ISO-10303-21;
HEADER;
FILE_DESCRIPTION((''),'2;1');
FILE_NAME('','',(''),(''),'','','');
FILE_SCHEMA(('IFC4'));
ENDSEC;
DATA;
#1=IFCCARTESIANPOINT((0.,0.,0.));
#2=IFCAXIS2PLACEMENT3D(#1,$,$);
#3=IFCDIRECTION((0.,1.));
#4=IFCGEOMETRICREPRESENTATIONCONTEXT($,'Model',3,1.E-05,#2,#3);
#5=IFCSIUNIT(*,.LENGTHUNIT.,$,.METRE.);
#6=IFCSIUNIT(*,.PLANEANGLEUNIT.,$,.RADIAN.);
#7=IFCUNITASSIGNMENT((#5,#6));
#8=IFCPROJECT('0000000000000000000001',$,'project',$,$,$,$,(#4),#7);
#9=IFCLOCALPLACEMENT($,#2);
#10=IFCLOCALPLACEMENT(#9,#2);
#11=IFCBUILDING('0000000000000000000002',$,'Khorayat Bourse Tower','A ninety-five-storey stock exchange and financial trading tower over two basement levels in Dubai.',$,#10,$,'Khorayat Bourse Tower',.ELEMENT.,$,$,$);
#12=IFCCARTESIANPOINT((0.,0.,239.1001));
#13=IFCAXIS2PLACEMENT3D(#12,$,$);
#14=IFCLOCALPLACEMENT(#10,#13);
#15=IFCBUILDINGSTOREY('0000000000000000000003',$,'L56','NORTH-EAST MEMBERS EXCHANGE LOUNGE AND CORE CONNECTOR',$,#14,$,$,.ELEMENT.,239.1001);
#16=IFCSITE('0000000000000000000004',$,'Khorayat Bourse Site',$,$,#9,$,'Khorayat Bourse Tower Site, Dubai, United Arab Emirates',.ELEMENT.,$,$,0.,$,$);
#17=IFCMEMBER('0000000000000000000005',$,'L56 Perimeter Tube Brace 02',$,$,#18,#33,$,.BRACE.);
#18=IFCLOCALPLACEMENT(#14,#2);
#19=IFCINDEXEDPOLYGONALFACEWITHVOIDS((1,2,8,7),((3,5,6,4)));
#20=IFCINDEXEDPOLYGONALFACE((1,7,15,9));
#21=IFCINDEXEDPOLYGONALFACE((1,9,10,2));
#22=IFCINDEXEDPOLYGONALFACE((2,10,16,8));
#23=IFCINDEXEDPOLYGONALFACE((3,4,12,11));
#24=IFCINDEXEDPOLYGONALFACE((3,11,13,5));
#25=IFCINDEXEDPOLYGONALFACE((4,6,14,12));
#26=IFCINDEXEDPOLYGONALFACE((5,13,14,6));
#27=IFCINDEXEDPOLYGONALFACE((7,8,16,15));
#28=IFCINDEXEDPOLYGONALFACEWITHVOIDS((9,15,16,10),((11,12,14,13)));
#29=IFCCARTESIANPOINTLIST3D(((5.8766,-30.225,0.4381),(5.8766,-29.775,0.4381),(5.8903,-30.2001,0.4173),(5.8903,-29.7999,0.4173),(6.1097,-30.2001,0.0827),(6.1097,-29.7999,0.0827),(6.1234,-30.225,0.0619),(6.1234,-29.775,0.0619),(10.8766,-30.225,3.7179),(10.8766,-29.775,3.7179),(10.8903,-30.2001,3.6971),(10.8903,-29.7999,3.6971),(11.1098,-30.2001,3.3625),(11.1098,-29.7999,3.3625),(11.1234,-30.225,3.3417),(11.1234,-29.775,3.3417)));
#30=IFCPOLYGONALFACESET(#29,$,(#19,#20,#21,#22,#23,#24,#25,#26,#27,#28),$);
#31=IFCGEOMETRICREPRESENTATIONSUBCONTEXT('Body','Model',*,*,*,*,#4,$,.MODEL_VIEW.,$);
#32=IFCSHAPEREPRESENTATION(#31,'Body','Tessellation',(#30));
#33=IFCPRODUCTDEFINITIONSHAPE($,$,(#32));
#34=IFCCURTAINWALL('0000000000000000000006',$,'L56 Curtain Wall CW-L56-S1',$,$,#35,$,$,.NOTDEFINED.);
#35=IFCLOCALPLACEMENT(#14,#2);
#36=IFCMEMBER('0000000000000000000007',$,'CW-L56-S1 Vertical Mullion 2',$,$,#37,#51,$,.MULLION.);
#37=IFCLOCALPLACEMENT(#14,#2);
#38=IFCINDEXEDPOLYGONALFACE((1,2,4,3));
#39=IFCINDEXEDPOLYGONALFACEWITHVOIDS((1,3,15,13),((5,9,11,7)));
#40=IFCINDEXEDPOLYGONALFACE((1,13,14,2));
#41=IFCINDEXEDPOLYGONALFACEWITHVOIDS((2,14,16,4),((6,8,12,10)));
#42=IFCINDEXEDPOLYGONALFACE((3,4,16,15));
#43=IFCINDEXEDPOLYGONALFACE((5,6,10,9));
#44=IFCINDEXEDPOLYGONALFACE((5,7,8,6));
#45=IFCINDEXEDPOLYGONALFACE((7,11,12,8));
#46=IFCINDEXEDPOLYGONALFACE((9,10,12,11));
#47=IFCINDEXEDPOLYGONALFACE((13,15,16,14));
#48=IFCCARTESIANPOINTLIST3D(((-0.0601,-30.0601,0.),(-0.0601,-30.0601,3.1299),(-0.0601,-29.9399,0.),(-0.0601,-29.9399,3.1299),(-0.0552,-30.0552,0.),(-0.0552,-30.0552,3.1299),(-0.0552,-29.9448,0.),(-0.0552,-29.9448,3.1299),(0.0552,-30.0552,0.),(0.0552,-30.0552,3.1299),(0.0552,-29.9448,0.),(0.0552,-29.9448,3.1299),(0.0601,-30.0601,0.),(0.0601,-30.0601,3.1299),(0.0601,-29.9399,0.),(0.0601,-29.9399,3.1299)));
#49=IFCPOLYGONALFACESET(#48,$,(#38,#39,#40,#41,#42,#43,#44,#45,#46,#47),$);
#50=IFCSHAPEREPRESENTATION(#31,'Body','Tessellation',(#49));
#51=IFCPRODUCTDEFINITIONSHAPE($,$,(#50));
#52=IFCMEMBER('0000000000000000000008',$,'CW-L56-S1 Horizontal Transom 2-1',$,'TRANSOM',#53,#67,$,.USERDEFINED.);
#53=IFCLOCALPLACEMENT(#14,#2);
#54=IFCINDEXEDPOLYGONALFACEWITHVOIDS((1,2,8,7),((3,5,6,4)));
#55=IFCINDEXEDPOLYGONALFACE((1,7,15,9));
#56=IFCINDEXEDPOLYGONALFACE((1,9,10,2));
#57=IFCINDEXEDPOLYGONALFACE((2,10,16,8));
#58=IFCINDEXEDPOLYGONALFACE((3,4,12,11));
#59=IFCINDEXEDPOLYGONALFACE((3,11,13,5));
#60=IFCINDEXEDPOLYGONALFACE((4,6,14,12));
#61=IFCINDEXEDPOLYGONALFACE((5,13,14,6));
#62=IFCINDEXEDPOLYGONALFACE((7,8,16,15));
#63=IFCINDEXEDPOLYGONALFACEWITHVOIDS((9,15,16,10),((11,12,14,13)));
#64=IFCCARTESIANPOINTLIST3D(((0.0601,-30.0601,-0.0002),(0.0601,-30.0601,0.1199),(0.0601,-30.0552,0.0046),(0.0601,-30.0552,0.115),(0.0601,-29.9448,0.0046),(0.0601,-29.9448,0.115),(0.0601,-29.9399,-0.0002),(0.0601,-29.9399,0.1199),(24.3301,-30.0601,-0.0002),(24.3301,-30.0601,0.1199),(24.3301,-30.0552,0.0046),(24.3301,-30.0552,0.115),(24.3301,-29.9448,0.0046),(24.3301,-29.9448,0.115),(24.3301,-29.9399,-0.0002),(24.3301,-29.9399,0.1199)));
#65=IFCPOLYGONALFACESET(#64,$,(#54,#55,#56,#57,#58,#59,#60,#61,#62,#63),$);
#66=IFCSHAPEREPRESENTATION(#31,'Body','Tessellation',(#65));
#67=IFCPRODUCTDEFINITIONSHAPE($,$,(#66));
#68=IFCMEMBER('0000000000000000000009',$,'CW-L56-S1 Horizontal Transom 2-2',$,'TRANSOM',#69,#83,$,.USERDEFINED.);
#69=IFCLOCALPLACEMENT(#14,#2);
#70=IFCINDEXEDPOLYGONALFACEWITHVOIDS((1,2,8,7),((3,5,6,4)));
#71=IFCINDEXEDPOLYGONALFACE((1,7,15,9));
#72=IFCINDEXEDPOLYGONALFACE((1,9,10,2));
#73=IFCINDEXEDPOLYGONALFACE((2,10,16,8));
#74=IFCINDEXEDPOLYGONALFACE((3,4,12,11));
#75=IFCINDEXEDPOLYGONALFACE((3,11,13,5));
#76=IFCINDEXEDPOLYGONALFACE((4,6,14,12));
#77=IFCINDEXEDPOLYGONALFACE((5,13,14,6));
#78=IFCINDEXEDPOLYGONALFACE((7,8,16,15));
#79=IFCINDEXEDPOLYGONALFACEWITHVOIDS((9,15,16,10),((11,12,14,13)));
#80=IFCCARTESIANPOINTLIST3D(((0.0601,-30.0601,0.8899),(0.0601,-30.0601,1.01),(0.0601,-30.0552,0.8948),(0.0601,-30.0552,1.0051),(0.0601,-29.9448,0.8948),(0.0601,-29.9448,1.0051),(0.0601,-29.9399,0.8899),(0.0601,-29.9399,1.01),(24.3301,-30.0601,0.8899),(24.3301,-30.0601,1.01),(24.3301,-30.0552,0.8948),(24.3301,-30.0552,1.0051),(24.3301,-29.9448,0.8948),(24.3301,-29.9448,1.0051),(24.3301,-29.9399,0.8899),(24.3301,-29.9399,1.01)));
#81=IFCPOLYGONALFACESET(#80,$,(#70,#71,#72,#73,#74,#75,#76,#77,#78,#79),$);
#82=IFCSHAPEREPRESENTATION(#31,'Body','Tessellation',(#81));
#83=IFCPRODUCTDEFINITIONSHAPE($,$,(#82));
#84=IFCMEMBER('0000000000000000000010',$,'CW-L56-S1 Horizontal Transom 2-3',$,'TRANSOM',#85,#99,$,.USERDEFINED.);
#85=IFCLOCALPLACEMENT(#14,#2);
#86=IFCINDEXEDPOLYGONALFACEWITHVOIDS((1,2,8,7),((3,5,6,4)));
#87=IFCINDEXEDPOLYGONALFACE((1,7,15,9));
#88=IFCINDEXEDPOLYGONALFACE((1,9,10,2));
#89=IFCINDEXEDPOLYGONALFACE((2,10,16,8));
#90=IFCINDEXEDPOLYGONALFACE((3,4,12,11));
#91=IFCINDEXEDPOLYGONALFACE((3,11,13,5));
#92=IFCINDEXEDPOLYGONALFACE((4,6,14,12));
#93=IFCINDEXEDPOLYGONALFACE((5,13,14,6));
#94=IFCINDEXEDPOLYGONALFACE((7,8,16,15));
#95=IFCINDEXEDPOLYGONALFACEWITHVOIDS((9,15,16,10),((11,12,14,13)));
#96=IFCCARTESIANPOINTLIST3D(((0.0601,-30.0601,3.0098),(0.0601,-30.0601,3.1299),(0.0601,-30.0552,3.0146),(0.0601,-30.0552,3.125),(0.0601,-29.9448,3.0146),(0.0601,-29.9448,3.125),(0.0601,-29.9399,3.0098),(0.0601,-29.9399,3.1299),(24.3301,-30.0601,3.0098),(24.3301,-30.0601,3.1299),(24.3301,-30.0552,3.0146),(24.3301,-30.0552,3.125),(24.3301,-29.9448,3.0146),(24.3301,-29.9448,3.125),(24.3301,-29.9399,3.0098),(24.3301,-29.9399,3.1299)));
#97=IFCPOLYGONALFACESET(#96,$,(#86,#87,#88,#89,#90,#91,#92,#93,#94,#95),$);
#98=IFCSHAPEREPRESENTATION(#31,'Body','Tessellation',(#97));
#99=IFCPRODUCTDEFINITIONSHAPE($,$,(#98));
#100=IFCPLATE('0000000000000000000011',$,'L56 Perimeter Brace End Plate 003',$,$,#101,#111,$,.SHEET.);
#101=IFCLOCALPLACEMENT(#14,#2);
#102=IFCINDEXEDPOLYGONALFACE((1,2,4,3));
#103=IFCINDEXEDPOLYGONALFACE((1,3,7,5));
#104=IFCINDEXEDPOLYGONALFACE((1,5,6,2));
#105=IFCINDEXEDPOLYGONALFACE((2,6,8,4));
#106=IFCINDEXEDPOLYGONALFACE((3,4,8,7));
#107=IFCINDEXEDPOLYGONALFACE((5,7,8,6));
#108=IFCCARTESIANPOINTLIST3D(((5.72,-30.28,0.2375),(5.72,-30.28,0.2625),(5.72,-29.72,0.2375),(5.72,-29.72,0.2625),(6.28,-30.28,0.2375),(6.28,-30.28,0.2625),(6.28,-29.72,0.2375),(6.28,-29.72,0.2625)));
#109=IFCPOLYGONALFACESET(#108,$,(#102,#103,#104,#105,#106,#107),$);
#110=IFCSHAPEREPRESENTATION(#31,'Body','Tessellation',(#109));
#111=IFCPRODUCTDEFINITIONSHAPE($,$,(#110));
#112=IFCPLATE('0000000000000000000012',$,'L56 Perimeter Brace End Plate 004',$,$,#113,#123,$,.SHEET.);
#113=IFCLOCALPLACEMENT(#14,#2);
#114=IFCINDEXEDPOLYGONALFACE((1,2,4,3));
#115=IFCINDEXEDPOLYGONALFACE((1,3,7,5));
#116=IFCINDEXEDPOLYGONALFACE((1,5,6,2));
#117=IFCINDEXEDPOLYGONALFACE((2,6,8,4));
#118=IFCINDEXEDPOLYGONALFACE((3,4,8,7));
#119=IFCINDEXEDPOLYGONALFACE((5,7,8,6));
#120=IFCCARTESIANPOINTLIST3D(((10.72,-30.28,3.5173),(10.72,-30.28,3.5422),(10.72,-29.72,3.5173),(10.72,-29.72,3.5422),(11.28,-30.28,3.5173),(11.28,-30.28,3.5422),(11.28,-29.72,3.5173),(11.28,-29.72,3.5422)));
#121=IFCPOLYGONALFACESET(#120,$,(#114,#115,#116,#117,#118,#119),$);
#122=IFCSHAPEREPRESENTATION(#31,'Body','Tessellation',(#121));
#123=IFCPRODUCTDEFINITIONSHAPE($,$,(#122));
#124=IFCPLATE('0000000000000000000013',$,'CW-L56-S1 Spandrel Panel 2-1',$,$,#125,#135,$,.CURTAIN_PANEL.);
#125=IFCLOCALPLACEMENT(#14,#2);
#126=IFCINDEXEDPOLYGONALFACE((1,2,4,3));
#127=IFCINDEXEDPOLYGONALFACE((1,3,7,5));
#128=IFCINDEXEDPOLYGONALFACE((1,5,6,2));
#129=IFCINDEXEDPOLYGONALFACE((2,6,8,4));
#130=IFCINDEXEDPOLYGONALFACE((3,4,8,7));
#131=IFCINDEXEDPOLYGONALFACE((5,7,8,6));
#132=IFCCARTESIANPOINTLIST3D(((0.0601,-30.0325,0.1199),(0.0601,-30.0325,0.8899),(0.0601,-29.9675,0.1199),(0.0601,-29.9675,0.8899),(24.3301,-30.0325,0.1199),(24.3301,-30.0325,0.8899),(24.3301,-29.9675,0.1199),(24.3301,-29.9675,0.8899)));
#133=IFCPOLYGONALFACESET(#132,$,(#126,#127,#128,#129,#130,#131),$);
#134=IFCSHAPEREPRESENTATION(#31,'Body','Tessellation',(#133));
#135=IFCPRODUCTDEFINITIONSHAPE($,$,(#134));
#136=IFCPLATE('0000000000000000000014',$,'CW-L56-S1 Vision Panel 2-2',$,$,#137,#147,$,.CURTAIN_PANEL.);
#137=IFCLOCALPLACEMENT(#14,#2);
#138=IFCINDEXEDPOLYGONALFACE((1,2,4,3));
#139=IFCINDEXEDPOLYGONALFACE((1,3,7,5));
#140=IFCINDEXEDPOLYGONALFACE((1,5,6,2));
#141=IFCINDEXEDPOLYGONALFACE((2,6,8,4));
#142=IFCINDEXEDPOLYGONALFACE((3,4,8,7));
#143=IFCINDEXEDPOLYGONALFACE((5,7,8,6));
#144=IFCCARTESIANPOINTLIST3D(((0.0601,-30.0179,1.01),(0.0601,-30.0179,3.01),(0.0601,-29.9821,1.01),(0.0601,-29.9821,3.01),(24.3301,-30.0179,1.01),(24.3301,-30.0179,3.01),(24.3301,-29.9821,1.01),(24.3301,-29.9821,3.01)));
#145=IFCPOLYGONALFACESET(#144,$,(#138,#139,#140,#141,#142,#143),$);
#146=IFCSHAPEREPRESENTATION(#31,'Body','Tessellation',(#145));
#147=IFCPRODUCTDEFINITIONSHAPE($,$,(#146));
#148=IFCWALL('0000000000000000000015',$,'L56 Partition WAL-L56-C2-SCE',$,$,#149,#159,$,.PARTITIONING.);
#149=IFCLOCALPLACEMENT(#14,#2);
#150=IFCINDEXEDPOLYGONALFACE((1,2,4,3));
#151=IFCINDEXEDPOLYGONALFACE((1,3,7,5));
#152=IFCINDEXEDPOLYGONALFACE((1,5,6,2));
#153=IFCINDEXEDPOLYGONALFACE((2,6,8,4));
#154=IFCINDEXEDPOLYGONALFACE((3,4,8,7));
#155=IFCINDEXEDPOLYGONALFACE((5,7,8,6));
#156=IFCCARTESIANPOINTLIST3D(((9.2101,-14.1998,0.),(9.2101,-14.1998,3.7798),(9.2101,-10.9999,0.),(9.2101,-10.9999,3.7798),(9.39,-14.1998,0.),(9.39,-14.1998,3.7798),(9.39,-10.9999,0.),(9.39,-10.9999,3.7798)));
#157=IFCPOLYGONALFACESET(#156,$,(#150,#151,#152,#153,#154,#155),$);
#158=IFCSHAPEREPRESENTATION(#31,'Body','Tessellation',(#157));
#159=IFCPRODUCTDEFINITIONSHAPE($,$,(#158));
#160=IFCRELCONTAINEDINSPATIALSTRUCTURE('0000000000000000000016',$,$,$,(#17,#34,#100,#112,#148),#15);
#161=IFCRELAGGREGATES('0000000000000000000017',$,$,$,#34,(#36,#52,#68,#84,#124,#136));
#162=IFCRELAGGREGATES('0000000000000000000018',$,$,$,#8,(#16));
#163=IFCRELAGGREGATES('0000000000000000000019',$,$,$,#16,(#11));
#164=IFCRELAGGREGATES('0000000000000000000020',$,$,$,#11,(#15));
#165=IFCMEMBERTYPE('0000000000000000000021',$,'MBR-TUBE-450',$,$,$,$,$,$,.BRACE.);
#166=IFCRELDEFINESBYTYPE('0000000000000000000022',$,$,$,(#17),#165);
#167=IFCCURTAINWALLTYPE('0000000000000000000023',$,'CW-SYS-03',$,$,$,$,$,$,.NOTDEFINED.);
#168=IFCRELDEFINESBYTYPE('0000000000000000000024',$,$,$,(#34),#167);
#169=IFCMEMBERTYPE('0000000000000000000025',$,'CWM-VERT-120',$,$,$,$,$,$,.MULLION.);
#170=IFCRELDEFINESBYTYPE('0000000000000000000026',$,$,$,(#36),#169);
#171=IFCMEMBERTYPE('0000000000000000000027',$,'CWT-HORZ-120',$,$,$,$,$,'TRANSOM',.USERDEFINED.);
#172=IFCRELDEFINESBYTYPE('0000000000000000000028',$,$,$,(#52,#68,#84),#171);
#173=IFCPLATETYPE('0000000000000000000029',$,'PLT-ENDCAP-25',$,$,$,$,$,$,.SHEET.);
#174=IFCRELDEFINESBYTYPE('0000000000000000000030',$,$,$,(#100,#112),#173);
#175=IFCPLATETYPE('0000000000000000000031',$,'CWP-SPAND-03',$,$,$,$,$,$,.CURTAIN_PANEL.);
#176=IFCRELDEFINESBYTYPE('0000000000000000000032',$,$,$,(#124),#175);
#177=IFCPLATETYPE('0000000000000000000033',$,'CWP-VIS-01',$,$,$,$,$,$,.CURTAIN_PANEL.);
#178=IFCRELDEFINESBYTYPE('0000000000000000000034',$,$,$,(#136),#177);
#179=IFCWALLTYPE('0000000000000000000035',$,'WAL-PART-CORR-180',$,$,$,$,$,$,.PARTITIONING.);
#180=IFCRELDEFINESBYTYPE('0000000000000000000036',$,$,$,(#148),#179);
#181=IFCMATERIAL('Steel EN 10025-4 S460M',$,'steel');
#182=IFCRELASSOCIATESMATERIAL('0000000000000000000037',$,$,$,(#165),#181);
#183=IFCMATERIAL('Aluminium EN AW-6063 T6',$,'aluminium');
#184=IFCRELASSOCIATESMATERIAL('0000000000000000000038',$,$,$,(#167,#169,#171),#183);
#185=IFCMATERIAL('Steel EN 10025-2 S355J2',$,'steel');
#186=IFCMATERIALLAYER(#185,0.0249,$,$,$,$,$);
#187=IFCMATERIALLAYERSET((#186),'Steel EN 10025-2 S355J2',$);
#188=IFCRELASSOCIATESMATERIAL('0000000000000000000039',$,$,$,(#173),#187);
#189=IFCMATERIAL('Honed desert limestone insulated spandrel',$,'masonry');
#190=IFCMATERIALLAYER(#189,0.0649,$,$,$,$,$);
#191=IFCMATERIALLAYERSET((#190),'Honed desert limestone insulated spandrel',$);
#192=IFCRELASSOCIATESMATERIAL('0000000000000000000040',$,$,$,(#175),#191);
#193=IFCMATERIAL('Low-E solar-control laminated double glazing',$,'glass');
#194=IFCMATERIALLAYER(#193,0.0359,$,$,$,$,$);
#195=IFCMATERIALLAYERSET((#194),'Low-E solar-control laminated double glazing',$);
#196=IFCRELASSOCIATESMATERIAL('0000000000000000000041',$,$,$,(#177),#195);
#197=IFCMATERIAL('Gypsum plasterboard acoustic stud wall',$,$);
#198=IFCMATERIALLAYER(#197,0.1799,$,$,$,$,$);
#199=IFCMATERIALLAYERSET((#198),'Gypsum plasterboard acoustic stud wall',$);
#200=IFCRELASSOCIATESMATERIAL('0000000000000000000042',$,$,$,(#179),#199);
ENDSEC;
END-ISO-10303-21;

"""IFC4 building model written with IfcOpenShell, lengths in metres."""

from ifc_helpers import new_model, si_unit, direction, frame, frame_2d, origin, origin_2d, place, context, subcontext, project, spatial, rectangle, hollow_rectangle, extrude, source, transform, mapped, material, layer, layer_set, material_profile, profile_set, type_object, element, aggregate, save


model = new_model("IFC4")

# Units and contexts
model_context = context("Model", 3, precision=1e-05, world=origin(), true_north=direction((0.0, 1.0)))
body_context = subcontext(model_context, "Body", "Model", "MODEL_VIEW")
ifc_project = project(units=[si_unit("LENGTHUNIT", "METRE"), si_unit("PLANEANGLEUNIT", "RADIAN")], contexts=[model_context])

# Site, building, storey
site_placement = place(None, origin())
site = spatial("IfcSite", under=ifc_project, at=site_placement, Name="Khorayat Bourse Site", LongName="Khorayat Bourse Tower Site, Dubai, United Arab Emirates", CompositionType="ELEMENT", RefElevation=0.0)
building_placement = place(site_placement, origin())
building = spatial("IfcBuilding", under=site, at=building_placement, Name="Khorayat Bourse Tower", Description="A ninety-five-storey stock exchange and financial trading tower over two basement levels in Dubai.", LongName="Khorayat Bourse Tower", CompositionType="ELEMENT")
storey_placement = place(building_placement, frame((0.0, 0.0, 239.1001)))
storey = spatial("IfcBuildingStorey", under=building, at=storey_placement, Name="L56", Description="NORTH-EAST MEMBERS EXCHANGE LOUNGE AND CORE CONNECTOR", CompositionType="ELEMENT", Elevation=239.1001)

# Shared definitions
ifc_material_1 = material(Name="Steel EN 10025-4 S460M", Category="steel")

# Member
ifc_material_profile_1 = material_profile(ifc_material_1, hollow_rectangle(XDim=0.45, YDim=0.45, WallThickness=0.0249, at=origin_2d()), Name="HSS 450x450x25")
ifc_profile_set_1 = profile_set([ifc_material_profile_1], Name="Steel EN 10025-4 S460M")
member_type_1 = type_object("IfcMemberType", Name="MBR-TUBE-450", PredefinedType="BRACE", material=ifc_profile_set_1)
shared_shape_1 = source(origin(), body_context, "Body", "SweptSolid", [
    extrude(hollow_rectangle(XDim=0.45, YDim=0.45, WallThickness=0.0249, at=origin_2d()), origin(), (0.0, 0.0, 1.0), 5.9797),
])
member_1_placement = place(storey_placement, frame((6.0, -30.0, 0.25), z_axis=(0.83616, 0.0, 0.548485), x_axis=(0.0, 1.0, 0.0)))
element("IfcMember", 1, at=member_1_placement, inside=storey, type_object=member_type_1, Name="L56 Perimeter Tube Brace 02", PredefinedType="BRACE", context=body_context, shape_type="MappedRepresentation", body=[
    mapped(shared_shape_1, transform((0.0, 0.0, 0.0), scale=1.0)),
])

# Curtain wall, members
ifc_material_2 = material(Name="Aluminium EN AW-6063 T6", Category="aluminium")
curtain_wall_type = type_object("IfcCurtainWallType", Name="CW-SYS-03", PredefinedType="NOTDEFINED", material=ifc_material_2)
curtain_wall_placement = place(storey_placement, origin())
curtain_wall = element("IfcCurtainWall", 2, at=curtain_wall_placement, inside=storey, type_object=curtain_wall_type, Name="L56 Curtain Wall CW-L56-S1", PredefinedType="NOTDEFINED")
ifc_material_profile_2 = material_profile(ifc_material_2, hollow_rectangle(XDim=0.1201, YDim=0.1201, WallThickness=0.0049, at=origin_2d()), Name="ALU 120x120x5")
ifc_profile_set_2 = profile_set([ifc_material_profile_2], Name="Aluminium EN AW-6063 T6")
member_type_2 = type_object("IfcMemberType", Name="CWM-VERT-120", PredefinedType="MULLION", material=ifc_profile_set_2)
shared_shape_2 = source(origin(), body_context, "Body", "SweptSolid", [
    extrude(hollow_rectangle(XDim=0.1201, YDim=0.1201, WallThickness=0.0049, at=origin_2d()), origin(), (0.0, 0.0, 1.0), 3.1299),
])
member_2_placement = place(storey_placement, frame((0.0, -30.0, 0.0), z_axis=(0.0, 0.0, 1.0), x_axis=(0.0, 1.0, 0.0)))
member_2 = element("IfcMember", 3, at=member_2_placement, type_object=member_type_2, Name="CW-L56-S1 Vertical Mullion 2", PredefinedType="MULLION", context=body_context, shape_type="MappedRepresentation", body=[
    mapped(shared_shape_2, transform((0.0, 0.0, 0.0), scale=1.0)),
])
ifc_material_profile_3 = material_profile(ifc_material_2, hollow_rectangle(XDim=0.1201, YDim=0.1201, WallThickness=0.0049, at=origin_2d()), Name="ALU 120x120x5")
ifc_profile_set_3 = profile_set([ifc_material_profile_3], Name="Aluminium EN AW-6063 T6")
member_type_3 = type_object("IfcMemberType", Name="CWT-HORZ-120", ElementType="TRANSOM", PredefinedType="USERDEFINED", material=ifc_profile_set_3)
shared_shape_3 = source(origin(), body_context, "Body", "SweptSolid", [
    extrude(hollow_rectangle(XDim=0.1201, YDim=0.1201, WallThickness=0.0049, at=origin_2d()), origin(), (0.0, 0.0, 1.0), 24.27),
])
member_3_placement = place(storey_placement, frame((0.0601, -30.0, 0.0598), z_axis=(1.0, 0.0, 0.0), x_axis=(0.0, 1.0, 0.0)))
member_3 = element("IfcMember", 4, at=member_3_placement, type_object=member_type_3, Name="CW-L56-S1 Horizontal Transom 2-1", ObjectType="TRANSOM", PredefinedType="USERDEFINED", context=body_context, shape_type="MappedRepresentation", body=[
    mapped(shared_shape_3, transform((0.0, 0.0, 0.0), scale=1.0)),
])
member_4_placement = place(storey_placement, frame((0.0601, -30.0, 0.95), z_axis=(1.0, 0.0, 0.0), x_axis=(0.0, 1.0, 0.0)))
member_4 = element("IfcMember", 5, at=member_4_placement, type_object=member_type_3, Name="CW-L56-S1 Horizontal Transom 2-2", ObjectType="TRANSOM", PredefinedType="USERDEFINED", context=body_context, shape_type="MappedRepresentation", body=[
    mapped(shared_shape_3, transform((0.0, 0.0, 0.0), scale=1.0)),
])
member_5_placement = place(storey_placement, frame((0.0601, -30.0, 3.0698), z_axis=(1.0, 0.0, 0.0), x_axis=(0.0, 1.0, 0.0)))
member_5 = element("IfcMember", 6, at=member_5_placement, type_object=member_type_3, Name="CW-L56-S1 Horizontal Transom 2-3", ObjectType="TRANSOM", PredefinedType="USERDEFINED", context=body_context, shape_type="MappedRepresentation", body=[
    mapped(shared_shape_3, transform((0.0, 0.0, 0.0), scale=1.0)),
])

# Plates
ifc_material_3 = material(Name="Steel EN 10025-2 S355J2", Category="steel")
ifc_layer_1 = layer(ifc_material_3, 0.0249)
ifc_layer_set_1 = layer_set([ifc_layer_1], Name="Steel EN 10025-2 S355J2")
plate_type_1 = type_object("IfcPlateType", Name="PLT-ENDCAP-25", PredefinedType="SHEET", material=ifc_layer_set_1)
shared_shape_4 = source(origin(), body_context, "Body", "SweptSolid", [
    extrude(rectangle(XDim=0.5601, YDim=0.5601, at=origin_2d()), origin(), (0.0, 0.0, 1.0), 0.0249),
])
for number, where, z_axis, x_axis, name in (
    (7, (6.0, -30.0, 0.2375), (0.0, 0.0, 1.0), (1.0, 0.0, 0.0), "L56 Perimeter Brace End Plate 003"),
    (8, (11.0, -30.0, 3.5173), (0.0, 0.0, 1.0), (1.0, 0.0, 0.0), "L56 Perimeter Brace End Plate 004"),
):
    element("IfcPlate", number, at=place(storey_placement, frame(where, z_axis=z_axis, x_axis=x_axis)), inside=storey, type_object=plate_type_1, Name=name, PredefinedType="SHEET", context=body_context, shape_type="MappedRepresentation", body=[
        mapped(shared_shape_4, transform((0.0, 0.0, 0.0), scale=1.0)),
    ])

# Plates
ifc_material_4 = material(Name="Honed desert limestone insulated spandrel", Category="masonry")
ifc_layer_2 = layer(ifc_material_4, 0.0649)
ifc_layer_set_2 = layer_set([ifc_layer_2], Name="Honed desert limestone insulated spandrel")
plate_type_2 = type_object("IfcPlateType", Name="CWP-SPAND-03", PredefinedType="CURTAIN_PANEL", material=ifc_layer_set_2)
shared_shape_5 = source(origin(), body_context, "Body", "SweptSolid", [
    extrude(rectangle(XDim=24.27, YDim=0.0649, at=origin_2d()), origin(), (0.0, 0.0, 1.0), 0.77),
])
plate_1_placement = place(storey_placement, frame((12.1951, -30.0, 0.1199), z_axis=(0.0, 0.0, 1.0), x_axis=(1.0, 0.0, 0.0)))
plate_1 = element("IfcPlate", 9, at=plate_1_placement, type_object=plate_type_2, Name="CW-L56-S1 Spandrel Panel 2-1", PredefinedType="CURTAIN_PANEL", context=body_context, shape_type="MappedRepresentation", body=[
    mapped(shared_shape_5, transform((0.0, 0.0, 0.0), scale=1.0)),
])
ifc_material_5 = material(Name="Low-E solar-control laminated double glazing", Category="glass")
ifc_layer_3 = layer(ifc_material_5, 0.0359)
ifc_layer_set_3 = layer_set([ifc_layer_3], Name="Low-E solar-control laminated double glazing")
plate_type_3 = type_object("IfcPlateType", Name="CWP-VIS-01", PredefinedType="CURTAIN_PANEL", material=ifc_layer_set_3)
shared_shape_6 = source(origin(), body_context, "Body", "SweptSolid", [
    extrude(rectangle(XDim=24.27, YDim=0.0359, at=origin_2d()), origin(), (0.0, 0.0, 1.0), 2.0),
])
plate_2_placement = place(storey_placement, frame((12.1951, -30.0, 1.01), z_axis=(0.0, 0.0, 1.0), x_axis=(1.0, 0.0, 0.0)))
plate_2 = element("IfcPlate", 10, at=plate_2_placement, type_object=plate_type_3, Name="CW-L56-S1 Vision Panel 2-2", PredefinedType="CURTAIN_PANEL", context=body_context, shape_type="MappedRepresentation", body=[
    mapped(shared_shape_6, transform((0.0, 0.0, 0.0), scale=1.0)),
])
aggregate(curtain_wall, [member_2, member_3, member_4, member_5, plate_1, plate_2])

# Wall
ifc_material_6 = material(Name="Gypsum plasterboard acoustic stud wall")
ifc_layer_4 = layer(ifc_material_6, 0.1799)
ifc_layer_set_4 = layer_set([ifc_layer_4], Name="Gypsum plasterboard acoustic stud wall")
wall_type = type_object("IfcWallType", Name="WAL-PART-CORR-180", PredefinedType="PARTITIONING", material=ifc_layer_set_4)
shared_shape_7 = source(origin(), body_context, "Body", "SweptSolid", [
    extrude(rectangle(XDim=3.2, YDim=0.1799, at=frame_2d((1.6001, 0.0))), origin(), (0.0, 0.0, 1.0), 3.7798),
])
wall_1_placement = place(storey_placement, frame((9.3, -14.2, 0.0), z_axis=(0.0, 0.0, 1.0), x_axis=(0.0, 1.0, 0.0)))
element("IfcWall", 11, at=wall_1_placement, inside=storey, type_object=wall_type, Name="L56 Partition WAL-L56-C2-SCE", PredefinedType="PARTITIONING", context=body_context, shape_type="MappedRepresentation", body=[
    mapped(shared_shape_7, transform((0.0, 0.0, 0.0), scale=1.0)),
])

save(model, "model.ifc")
